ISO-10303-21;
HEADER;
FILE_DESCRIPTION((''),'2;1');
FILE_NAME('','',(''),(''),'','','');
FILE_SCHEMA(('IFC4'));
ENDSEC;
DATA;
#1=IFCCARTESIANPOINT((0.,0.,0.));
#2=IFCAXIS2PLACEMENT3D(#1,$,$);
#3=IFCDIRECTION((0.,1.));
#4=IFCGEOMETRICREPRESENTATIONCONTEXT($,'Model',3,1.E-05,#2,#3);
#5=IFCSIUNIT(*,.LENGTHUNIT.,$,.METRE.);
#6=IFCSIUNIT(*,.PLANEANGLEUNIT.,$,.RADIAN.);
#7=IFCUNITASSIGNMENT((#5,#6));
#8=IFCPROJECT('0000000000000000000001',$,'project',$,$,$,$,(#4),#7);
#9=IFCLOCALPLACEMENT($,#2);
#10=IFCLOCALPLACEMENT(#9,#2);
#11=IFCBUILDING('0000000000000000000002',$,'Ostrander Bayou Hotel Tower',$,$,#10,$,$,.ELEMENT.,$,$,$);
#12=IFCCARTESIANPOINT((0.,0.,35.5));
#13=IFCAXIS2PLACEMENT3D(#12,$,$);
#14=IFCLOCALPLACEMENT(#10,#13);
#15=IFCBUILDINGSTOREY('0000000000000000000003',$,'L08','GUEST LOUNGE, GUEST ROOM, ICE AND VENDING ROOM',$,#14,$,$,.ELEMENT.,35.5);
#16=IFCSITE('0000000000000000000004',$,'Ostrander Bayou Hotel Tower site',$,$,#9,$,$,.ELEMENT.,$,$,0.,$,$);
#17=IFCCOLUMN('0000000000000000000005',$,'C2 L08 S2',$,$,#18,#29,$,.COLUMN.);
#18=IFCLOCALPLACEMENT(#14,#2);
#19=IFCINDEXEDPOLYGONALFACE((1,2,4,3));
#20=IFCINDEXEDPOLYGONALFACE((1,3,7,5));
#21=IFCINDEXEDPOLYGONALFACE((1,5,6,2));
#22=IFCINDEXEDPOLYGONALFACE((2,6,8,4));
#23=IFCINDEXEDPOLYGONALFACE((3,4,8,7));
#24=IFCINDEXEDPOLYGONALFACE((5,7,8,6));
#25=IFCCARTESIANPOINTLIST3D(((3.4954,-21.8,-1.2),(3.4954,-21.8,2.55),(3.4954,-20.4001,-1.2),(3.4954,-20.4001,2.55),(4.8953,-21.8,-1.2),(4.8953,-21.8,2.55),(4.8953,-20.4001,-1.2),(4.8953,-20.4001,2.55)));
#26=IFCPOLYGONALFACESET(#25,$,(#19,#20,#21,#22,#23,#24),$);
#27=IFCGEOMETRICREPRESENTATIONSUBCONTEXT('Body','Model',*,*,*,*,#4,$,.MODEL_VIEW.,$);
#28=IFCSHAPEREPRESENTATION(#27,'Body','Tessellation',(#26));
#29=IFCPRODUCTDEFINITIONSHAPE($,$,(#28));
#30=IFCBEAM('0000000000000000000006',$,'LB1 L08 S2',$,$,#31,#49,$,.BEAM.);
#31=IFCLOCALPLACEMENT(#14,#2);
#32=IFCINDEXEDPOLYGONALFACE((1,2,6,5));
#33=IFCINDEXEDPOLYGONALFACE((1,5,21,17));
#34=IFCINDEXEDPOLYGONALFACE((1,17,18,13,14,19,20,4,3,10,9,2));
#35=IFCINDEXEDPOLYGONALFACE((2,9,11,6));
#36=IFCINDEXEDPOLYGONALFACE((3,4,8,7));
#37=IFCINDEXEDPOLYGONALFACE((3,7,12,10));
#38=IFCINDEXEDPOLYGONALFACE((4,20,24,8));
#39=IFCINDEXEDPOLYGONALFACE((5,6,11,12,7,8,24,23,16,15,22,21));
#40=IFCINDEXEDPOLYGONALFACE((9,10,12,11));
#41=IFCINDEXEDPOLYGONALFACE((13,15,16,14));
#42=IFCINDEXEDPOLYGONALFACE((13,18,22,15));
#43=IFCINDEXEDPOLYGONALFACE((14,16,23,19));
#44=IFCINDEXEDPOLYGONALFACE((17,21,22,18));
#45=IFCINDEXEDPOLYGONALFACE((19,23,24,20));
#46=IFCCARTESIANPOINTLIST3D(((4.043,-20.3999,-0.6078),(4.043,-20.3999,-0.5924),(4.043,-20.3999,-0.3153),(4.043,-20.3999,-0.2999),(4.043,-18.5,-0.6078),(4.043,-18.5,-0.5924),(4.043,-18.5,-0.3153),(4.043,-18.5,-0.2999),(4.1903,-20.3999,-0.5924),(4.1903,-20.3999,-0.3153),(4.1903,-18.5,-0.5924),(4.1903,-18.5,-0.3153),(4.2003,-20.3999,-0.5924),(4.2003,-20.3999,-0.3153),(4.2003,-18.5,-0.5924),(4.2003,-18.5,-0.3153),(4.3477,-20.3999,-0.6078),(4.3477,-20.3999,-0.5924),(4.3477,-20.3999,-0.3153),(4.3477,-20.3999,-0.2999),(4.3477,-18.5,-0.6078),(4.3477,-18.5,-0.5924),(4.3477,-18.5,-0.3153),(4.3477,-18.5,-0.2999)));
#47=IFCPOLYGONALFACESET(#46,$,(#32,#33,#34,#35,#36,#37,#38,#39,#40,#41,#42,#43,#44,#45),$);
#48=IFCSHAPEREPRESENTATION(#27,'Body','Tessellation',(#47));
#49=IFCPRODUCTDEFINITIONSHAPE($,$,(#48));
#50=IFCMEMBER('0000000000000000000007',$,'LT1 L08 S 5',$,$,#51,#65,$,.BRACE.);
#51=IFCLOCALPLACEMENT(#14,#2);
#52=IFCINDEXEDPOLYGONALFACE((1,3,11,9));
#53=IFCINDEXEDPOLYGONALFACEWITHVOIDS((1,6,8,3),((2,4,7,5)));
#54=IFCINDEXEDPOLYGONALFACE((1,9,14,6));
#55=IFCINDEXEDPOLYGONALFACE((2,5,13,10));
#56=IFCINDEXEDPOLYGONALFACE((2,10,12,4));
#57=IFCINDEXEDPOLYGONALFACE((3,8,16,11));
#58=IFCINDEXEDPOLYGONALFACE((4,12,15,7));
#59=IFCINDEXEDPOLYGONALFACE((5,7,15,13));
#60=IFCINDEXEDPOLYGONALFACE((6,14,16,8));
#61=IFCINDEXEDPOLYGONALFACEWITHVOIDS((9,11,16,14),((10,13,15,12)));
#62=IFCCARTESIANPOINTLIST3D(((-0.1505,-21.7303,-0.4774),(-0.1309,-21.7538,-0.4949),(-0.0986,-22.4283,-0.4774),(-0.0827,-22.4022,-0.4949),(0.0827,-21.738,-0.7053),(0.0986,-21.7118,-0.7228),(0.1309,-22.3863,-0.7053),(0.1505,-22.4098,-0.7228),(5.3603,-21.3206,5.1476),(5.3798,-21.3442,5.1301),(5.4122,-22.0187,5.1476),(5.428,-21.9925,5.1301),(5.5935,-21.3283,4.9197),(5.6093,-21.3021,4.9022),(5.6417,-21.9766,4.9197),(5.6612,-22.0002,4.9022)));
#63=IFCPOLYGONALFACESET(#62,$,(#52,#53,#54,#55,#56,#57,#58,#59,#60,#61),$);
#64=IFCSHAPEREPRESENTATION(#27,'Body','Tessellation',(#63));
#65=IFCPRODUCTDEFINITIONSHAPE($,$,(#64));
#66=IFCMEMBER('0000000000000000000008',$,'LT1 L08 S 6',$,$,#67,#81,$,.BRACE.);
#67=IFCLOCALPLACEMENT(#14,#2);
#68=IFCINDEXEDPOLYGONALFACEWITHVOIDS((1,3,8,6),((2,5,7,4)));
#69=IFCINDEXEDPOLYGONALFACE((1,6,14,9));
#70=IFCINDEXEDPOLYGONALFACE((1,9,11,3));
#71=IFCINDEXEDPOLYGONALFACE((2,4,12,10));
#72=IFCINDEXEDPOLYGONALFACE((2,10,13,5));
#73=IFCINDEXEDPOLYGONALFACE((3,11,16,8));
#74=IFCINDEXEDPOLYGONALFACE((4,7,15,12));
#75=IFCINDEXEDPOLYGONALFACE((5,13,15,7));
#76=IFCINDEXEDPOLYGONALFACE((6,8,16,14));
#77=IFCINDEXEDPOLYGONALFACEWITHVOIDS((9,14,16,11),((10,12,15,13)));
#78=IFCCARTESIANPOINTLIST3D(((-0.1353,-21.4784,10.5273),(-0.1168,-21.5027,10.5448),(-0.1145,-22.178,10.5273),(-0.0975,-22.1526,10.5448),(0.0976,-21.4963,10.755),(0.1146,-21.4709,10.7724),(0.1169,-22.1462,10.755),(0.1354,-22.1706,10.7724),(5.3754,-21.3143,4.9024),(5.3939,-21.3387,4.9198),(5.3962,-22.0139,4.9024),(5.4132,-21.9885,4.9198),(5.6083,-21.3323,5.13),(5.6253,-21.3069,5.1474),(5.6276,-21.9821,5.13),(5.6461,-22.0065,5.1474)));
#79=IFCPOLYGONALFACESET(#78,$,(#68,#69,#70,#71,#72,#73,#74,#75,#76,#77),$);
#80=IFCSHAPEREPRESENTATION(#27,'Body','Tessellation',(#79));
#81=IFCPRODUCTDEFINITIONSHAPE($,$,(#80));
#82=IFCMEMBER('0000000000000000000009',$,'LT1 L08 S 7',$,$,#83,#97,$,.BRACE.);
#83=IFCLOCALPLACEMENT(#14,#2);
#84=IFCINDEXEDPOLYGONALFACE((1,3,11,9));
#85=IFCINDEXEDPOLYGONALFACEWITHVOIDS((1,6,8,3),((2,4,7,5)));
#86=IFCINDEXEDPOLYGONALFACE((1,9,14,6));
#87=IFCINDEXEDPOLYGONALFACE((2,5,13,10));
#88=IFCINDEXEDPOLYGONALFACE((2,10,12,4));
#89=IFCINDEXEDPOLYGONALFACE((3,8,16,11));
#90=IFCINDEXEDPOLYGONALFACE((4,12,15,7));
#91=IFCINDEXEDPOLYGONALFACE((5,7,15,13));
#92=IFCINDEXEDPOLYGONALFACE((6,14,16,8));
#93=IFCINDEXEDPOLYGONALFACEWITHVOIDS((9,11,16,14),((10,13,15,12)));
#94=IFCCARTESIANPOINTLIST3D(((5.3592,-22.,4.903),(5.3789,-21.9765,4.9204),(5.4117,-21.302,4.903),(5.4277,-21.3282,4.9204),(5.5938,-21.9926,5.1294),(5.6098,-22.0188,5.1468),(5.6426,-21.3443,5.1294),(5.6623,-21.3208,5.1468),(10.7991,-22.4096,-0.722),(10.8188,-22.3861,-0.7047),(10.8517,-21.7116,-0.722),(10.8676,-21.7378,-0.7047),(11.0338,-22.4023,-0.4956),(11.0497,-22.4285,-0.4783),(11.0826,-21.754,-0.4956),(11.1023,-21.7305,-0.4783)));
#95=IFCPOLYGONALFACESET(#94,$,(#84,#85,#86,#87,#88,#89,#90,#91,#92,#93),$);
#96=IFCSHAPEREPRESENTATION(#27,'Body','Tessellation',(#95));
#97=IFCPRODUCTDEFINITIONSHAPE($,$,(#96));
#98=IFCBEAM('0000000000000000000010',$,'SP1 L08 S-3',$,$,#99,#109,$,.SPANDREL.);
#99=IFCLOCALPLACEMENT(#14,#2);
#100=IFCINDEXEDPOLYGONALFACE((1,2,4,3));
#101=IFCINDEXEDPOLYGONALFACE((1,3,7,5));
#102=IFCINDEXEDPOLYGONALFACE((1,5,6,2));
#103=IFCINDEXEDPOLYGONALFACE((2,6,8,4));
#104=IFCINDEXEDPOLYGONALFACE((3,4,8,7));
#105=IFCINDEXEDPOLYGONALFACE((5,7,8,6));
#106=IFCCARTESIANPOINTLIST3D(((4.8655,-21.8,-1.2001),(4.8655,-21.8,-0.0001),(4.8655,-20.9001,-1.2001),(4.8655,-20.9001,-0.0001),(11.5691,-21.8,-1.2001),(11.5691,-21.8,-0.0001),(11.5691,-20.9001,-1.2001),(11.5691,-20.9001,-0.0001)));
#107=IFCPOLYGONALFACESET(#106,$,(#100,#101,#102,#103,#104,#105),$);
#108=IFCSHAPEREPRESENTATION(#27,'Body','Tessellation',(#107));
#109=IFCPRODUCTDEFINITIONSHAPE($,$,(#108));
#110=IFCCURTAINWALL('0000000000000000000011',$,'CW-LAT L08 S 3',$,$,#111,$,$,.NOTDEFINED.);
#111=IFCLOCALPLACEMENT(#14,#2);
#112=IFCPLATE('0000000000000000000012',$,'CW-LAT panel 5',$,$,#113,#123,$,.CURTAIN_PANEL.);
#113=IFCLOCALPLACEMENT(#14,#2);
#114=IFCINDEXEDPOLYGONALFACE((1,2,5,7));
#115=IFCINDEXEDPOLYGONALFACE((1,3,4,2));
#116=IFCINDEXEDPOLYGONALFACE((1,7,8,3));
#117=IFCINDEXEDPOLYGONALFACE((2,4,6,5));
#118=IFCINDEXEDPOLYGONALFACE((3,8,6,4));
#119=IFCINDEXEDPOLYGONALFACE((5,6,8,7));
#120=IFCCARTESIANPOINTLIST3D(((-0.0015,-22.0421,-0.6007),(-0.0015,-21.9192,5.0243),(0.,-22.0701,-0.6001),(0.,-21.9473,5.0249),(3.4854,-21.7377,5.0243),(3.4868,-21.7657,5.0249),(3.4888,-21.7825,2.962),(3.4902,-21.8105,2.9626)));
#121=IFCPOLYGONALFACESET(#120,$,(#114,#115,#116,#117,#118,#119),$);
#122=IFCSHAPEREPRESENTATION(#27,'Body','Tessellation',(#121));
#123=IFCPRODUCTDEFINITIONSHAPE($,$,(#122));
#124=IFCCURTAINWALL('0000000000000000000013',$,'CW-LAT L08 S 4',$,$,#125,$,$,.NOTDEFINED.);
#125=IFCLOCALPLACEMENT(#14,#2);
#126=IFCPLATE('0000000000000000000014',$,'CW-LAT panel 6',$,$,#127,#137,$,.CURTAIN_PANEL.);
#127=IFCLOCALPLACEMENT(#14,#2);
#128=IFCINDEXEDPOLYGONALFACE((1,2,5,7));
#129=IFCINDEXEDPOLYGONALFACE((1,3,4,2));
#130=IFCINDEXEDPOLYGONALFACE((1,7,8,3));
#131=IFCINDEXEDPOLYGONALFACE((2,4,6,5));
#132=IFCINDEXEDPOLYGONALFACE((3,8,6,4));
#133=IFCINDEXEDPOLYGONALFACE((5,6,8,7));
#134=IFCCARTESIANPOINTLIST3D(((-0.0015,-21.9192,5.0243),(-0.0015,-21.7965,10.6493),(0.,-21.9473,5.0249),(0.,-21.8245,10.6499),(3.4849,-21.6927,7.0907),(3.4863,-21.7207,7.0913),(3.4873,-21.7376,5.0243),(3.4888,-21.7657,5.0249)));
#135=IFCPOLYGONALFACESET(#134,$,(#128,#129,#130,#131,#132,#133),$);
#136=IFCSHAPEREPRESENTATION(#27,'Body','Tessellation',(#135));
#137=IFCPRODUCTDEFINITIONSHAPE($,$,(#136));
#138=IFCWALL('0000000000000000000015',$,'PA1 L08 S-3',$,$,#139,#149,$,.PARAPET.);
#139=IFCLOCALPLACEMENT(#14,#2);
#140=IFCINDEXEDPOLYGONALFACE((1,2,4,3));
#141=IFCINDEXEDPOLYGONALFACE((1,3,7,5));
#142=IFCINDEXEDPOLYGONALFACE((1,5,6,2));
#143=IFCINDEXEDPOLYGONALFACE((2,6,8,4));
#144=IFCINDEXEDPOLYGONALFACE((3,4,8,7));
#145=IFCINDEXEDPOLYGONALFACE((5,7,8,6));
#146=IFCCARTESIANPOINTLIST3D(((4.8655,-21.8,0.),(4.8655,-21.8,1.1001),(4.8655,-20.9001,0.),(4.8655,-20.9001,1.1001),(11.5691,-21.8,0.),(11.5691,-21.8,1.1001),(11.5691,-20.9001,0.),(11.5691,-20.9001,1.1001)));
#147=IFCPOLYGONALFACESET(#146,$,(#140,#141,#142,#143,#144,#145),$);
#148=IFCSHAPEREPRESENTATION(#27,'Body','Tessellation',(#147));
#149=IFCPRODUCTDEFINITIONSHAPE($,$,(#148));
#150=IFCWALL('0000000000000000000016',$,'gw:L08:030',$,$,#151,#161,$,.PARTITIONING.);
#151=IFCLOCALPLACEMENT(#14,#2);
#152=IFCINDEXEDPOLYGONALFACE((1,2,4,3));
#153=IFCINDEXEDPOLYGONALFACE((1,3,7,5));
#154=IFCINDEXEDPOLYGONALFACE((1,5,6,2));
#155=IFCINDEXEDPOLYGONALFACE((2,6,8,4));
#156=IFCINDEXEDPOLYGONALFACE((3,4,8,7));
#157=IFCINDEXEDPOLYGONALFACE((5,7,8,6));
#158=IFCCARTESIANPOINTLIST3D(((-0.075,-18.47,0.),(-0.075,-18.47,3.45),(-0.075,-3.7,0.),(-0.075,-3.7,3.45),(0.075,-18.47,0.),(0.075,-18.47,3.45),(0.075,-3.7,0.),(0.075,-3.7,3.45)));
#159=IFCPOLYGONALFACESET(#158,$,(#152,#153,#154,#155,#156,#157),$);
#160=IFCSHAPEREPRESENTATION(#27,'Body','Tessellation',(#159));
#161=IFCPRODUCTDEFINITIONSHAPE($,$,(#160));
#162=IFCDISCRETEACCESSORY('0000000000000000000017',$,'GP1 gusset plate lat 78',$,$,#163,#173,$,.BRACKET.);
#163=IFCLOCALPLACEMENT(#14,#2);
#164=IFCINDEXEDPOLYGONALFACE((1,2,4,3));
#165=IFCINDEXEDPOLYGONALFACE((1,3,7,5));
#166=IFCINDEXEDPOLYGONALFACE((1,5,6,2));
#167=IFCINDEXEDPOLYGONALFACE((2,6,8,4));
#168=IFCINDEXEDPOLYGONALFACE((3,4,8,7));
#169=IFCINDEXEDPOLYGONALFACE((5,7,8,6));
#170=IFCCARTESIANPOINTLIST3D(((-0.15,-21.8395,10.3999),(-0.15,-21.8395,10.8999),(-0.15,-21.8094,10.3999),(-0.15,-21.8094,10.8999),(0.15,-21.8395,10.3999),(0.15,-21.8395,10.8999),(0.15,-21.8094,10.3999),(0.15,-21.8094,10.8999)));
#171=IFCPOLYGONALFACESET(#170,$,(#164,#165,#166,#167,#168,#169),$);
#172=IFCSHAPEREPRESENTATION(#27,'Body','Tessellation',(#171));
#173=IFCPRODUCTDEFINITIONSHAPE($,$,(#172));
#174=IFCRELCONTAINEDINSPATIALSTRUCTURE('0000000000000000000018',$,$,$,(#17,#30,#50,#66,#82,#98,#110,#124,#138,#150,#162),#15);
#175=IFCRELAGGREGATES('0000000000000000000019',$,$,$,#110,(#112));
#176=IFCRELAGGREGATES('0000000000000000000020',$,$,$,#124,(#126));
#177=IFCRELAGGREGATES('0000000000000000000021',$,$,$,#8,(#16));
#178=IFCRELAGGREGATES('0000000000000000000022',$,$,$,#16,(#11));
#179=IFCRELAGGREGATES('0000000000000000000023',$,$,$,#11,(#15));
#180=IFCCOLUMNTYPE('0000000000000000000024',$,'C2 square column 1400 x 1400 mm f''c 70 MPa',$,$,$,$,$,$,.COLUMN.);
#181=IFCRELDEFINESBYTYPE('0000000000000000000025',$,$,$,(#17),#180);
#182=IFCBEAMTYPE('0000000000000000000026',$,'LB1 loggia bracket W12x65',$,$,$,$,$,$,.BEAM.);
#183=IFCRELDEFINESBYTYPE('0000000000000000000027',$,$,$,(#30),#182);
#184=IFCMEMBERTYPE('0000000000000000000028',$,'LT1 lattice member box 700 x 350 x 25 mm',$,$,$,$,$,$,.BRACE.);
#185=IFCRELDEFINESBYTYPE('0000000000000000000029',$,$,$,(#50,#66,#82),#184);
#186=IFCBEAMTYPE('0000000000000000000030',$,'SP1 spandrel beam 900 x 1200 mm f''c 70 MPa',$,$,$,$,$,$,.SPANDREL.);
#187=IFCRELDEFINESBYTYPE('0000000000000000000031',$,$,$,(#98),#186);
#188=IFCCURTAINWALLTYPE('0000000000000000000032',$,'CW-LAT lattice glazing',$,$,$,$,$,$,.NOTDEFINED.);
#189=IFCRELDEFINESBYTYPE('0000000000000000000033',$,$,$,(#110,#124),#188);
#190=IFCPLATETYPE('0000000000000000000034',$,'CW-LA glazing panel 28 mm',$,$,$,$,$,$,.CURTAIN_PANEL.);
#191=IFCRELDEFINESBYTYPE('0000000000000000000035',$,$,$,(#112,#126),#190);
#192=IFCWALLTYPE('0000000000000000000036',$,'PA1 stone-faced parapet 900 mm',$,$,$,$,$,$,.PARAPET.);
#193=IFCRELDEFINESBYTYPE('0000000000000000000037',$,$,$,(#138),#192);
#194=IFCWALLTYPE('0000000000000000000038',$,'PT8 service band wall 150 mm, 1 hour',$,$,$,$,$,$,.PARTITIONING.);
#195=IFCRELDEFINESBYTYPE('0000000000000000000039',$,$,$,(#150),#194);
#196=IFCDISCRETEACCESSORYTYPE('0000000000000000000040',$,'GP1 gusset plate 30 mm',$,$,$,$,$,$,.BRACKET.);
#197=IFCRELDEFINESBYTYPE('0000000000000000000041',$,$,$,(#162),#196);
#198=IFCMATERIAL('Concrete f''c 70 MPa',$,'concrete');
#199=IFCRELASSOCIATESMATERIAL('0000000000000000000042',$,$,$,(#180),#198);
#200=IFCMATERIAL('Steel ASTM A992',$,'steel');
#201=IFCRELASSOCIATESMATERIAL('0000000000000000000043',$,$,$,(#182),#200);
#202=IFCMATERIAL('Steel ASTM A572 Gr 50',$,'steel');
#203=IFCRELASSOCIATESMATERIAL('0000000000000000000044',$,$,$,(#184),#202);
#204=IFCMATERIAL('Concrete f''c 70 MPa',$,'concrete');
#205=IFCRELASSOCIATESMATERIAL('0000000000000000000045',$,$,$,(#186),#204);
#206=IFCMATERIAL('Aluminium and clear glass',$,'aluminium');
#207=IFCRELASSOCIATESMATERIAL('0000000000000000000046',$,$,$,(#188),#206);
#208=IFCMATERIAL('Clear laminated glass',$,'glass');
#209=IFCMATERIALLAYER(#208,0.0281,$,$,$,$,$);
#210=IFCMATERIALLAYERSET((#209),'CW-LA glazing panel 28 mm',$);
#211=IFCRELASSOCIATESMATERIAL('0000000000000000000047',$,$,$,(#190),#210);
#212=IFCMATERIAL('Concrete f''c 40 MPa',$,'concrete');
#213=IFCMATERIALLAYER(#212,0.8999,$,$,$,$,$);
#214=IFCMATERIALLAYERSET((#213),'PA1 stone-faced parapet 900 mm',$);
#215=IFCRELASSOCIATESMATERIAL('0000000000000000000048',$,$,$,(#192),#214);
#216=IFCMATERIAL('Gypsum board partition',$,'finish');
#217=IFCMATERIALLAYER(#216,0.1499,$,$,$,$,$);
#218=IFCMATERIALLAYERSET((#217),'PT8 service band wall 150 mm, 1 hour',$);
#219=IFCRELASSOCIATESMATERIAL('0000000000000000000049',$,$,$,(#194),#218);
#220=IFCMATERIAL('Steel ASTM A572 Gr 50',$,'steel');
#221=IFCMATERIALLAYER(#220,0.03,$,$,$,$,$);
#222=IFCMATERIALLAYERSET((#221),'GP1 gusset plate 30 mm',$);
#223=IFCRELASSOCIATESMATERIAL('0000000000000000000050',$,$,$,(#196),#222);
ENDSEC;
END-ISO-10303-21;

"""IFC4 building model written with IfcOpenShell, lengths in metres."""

from ifc_helpers import new_model, si_unit, direction, frame, frame_2d, origin, origin_2d, place, context, subcontext, project, spatial, polyline, rectangle, hollow_rectangle, i_section, outline, extrude, material, layer, layer_set, material_profile, profile_set, type_object, element, aggregate, save


model = new_model("IFC4")

# Units and contexts
model_context = context("Model", 3, precision=1e-05, world=origin(), true_north=direction((0.0, 1.0)))
body_context = subcontext(model_context, "Body", "Model", "MODEL_VIEW")
ifc_project = project(units=[si_unit("LENGTHUNIT", "METRE"), si_unit("PLANEANGLEUNIT", "RADIAN")], contexts=[model_context])

# Site, building, storey
site_placement = place(None, origin())
site = spatial("IfcSite", under=ifc_project, at=site_placement, Name="Ostrander Bayou Hotel Tower site", CompositionType="ELEMENT", RefElevation=0.0)
building_placement = place(site_placement, origin())
building = spatial("IfcBuilding", under=site, at=building_placement, Name="Ostrander Bayou Hotel Tower", CompositionType="ELEMENT")
storey_placement = place(building_placement, frame((0.0, 0.0, 35.5)))
storey = spatial("IfcBuildingStorey", under=building, at=storey_placement, Name="L08", Description="GUEST LOUNGE, GUEST ROOM, ICE AND VENDING ROOM", CompositionType="ELEMENT", Elevation=35.5)

# Column
ifc_material_1 = material(Name="Concrete f'c 70 MPa", Category="concrete")
ifc_material_profile_1 = material_profile(ifc_material_1, rectangle(XDim=1.3999, YDim=1.3999, at=origin_2d()))
ifc_profile_set_1 = profile_set([ifc_material_profile_1], Name="Concrete f'c 70 MPa")
column_type = type_object("IfcColumnType", Name="C2 square column 1400 x 1400 mm f'c 70 MPa", PredefinedType="COLUMN", material=ifc_profile_set_1)
column_placement = place(storey_placement, frame((4.1953, -21.1001, -1.2), z_axis=(0.0, 0.0, 1.0), x_axis=(-1.0, 0.0, 0.0)))
element("IfcColumn", 1, at=column_placement, inside=storey, type_object=column_type, Name="C2 L08 S2", PredefinedType="COLUMN", context=body_context, shape_type="SweptSolid", body=[
    extrude(rectangle(XDim=1.3999, YDim=1.3999, at=origin_2d()), origin(), (0.0, 0.0, 1.0), 3.75),
])

# Beam
ifc_material_2 = material(Name="Steel ASTM A992", Category="steel")
ifc_material_profile_2 = material_profile(ifc_material_2, i_section(OverallWidth=0.3047, OverallDepth=0.3079, WebThickness=0.01, FlangeThickness=0.0154, at=origin_2d()))
ifc_profile_set_2 = profile_set([ifc_material_profile_2], Name="Steel ASTM A992")
beam_type_1 = type_object("IfcBeamType", Name="LB1 loggia bracket W12x65", PredefinedType="BEAM", material=ifc_profile_set_2)
beam_1_placement = place(storey_placement, frame((4.1953, -20.3999, -0.4539), z_axis=(0.0, 1.0, 0.0), x_axis=(-1.0, 0.0, 0.0)))
element("IfcBeam", 2, at=beam_1_placement, inside=storey, type_object=beam_type_1, Name="LB1 L08 S2", PredefinedType="BEAM", context=body_context, shape_type="SweptSolid", body=[
    extrude(i_section(OverallWidth=0.3047, OverallDepth=0.3079, WebThickness=0.01, FlangeThickness=0.0154, at=origin_2d()), origin(), (0.0, 0.0, 1.0), 1.8999),
])

# Members
ifc_material_3 = material(Name="Steel ASTM A572 Gr 50", Category="steel")
ifc_material_profile_3 = material_profile(ifc_material_3, hollow_rectangle(XDim=0.7, YDim=0.3501, WallThickness=0.0249, at=origin_2d()))
ifc_profile_set_3 = profile_set([ifc_material_profile_3], Name="Steel ASTM A572 Gr 50")
member_type = type_object("IfcMemberType", Name="LT1 lattice member box 700 x 350 x 25 mm", PredefinedType="BRACE", material=ifc_profile_set_3)
member_1_placement = place(storey_placement, frame((5.5107, -21.6604, 5.0249), z_axis=(-0.69887, -0.051954, -0.71336), x_axis=(0.074135, -0.997248, 0.0)))
element("IfcMember", 3, at=member_1_placement, inside=storey, type_object=member_type, Name="LT1 L08 S 5", PredefinedType="BRACE", context=body_context, shape_type="SweptSolid", body=[
    extrude(hollow_rectangle(XDim=0.7, YDim=0.3501, WallThickness=0.0249, at=origin_2d()), origin(), (0.0, 0.0, 1.0), 7.8853),
])
member_2_placement = place(storey_placement, frame((5.5107, -21.6604, 5.0249), z_axis=(-0.699663, -0.02083, 0.714169), x_axis=(0.029758, -0.999557, 0.0)))
element("IfcMember", 4, at=member_2_placement, inside=storey, type_object=member_type, Name="LT1 L08 S 6", PredefinedType="BRACE", context=body_context, shape_type="SweptSolid", body=[
    extrude(hollow_rectangle(XDim=0.7, YDim=0.3501, WallThickness=0.0249, at=origin_2d()), origin(), (0.0, 0.0, 1.0), 7.8762),
])
member_3_placement = place(storey_placement, frame((5.5107, -21.6604, 5.0249), z_axis=(0.694233, -0.052281, -0.717849), x_axis=(0.075095, 0.997176, 0.0)))
element("IfcMember", 5, at=member_3_placement, inside=storey, type_object=member_type, Name="LT1 L08 S 7", PredefinedType="BRACE", context=body_context, shape_type="SweptSolid", body=[
    extrude(hollow_rectangle(XDim=0.7, YDim=0.3501, WallThickness=0.0249, at=origin_2d()), origin(), (0.0, 0.0, 1.0), 7.8359),
])

# Beam
ifc_material_4 = material(Name="Concrete f'c 70 MPa", Category="concrete")
ifc_material_profile_4 = material_profile(ifc_material_4, rectangle(XDim=0.8999, YDim=1.2, at=origin_2d()))
ifc_profile_set_4 = profile_set([ifc_material_profile_4], Name="Concrete f'c 70 MPa")
beam_type_2 = type_object("IfcBeamType", Name="SP1 spandrel beam 900 x 1200 mm f'c 70 MPa", PredefinedType="SPANDREL", material=ifc_profile_set_4)
beam_2_placement = place(storey_placement, frame((4.8655, -21.3501, -0.6001), z_axis=(1.0, 0.0, 0.0), x_axis=(0.0, 1.0, 0.0)))
element("IfcBeam", 6, at=beam_2_placement, inside=storey, type_object=beam_type_2, Name="SP1 L08 S-3", PredefinedType="SPANDREL", context=body_context, shape_type="SweptSolid", body=[
    extrude(rectangle(XDim=0.8999, YDim=1.2, at=origin_2d()), origin(), (0.0, 0.0, 1.0), 6.7036),
])

# Curtain walls, plates
ifc_material_5 = material(Name="Aluminium and clear glass", Category="aluminium")
curtain_wall_type = type_object("IfcCurtainWallType", Name="CW-LAT lattice glazing", PredefinedType="NOTDEFINED", material=ifc_material_5)
curtain_wall_1_placement = place(storey_placement, origin())
curtain_wall_1 = element("IfcCurtainWall", 7, at=curtain_wall_1_placement, inside=storey, type_object=curtain_wall_type, Name="CW-LAT L08 S 3", PredefinedType="NOTDEFINED")
ifc_material_6 = material(Name="Clear laminated glass", Category="glass")
ifc_layer_1 = layer(ifc_material_6, 0.0281)
ifc_layer_set_1 = layer_set([ifc_layer_1], Name="CW-LA glazing panel 28 mm")
plate_type = type_object("IfcPlateType", Name="CW-LA glazing panel 28 mm", PredefinedType="CURTAIN_PANEL", material=ifc_layer_set_1)
plate_1_placement = place(storey_placement, frame((3.4902, -21.8105, 2.9626), z_axis=(0.051994, -0.998409, 0.021807), x_axis=(-0.698854, -0.051976, -0.713373)))
plate_1 = element("IfcPlate", 8, at=plate_1_placement, type_object=plate_type, Name="CW-LAT panel 5", PredefinedType="CURTAIN_PANEL", context=body_context, shape_type="SweptSolid", body=[
    extrude(outline(polyline([(0.0, 0.0), (4.9942, 0.0), (0.9751, -3.9373), (-1.4711, -1.446), (0.0, 0.0)])), origin(), (0.0, 0.0, -1.0), 0.0281),
])
aggregate(curtain_wall_1, [plate_1])
curtain_wall_2_placement = place(storey_placement, origin())
curtain_wall_2 = element("IfcCurtainWall", 9, at=curtain_wall_2_placement, inside=storey, type_object=curtain_wall_type, Name="CW-LAT L08 S 4", PredefinedType="NOTDEFINED")
plate_2_placement = place(storey_placement, frame((3.4863, -21.7207, 7.0913), z_axis=(0.051968, -0.998411, 0.021789), x_axis=(-0.699664, -0.020833, 0.714168)))
plate_2 = element("IfcPlate", 10, at=plate_2_placement, type_object=plate_type, Name="CW-LAT panel 6", PredefinedType="CURTAIN_PANEL", context=body_context, shape_type="SweptSolid", body=[
    extrude(outline(polyline([(0.0, 0.0), (4.9829, 0.0), (0.9682, 3.9419), (-1.4765, 1.4463), (0.0, 0.0)])), origin(), (0.0, 0.0, -1.0), 0.0281),
])
aggregate(curtain_wall_2, [plate_2])

# Walls
ifc_material_7 = material(Name="Concrete f'c 40 MPa", Category="concrete")
ifc_layer_2 = layer(ifc_material_7, 0.8999)
ifc_layer_set_2 = layer_set([ifc_layer_2], Name="PA1 stone-faced parapet 900 mm")
wall_type_1 = type_object("IfcWallType", Name="PA1 stone-faced parapet 900 mm", PredefinedType="PARAPET", material=ifc_layer_set_2)
wall_1_placement = place(storey_placement, frame((4.8655, -21.3501, 0.0), z_axis=(0.0, 0.0, 1.0), x_axis=(1.0, 0.0, 0.0)))
element("IfcWall", 11, at=wall_1_placement, inside=storey, type_object=wall_type_1, Name="PA1 L08 S-3", PredefinedType="PARAPET", context=body_context, shape_type="SweptSolid", body=[
    extrude(rectangle(XDim=6.7036, YDim=0.8999, at=frame_2d((3.3518, 0.0))), origin(), (0.0, 0.0, 1.0), 1.1001),
])
ifc_material_8 = material(Name="Gypsum board partition", Category="finish")
ifc_layer_3 = layer(ifc_material_8, 0.1499)
ifc_layer_set_3 = layer_set([ifc_layer_3], Name="PT8 service band wall 150 mm, 1 hour")
wall_type_2 = type_object("IfcWallType", Name="PT8 service band wall 150 mm, 1 hour", PredefinedType="PARTITIONING", material=ifc_layer_set_3)
wall_2_placement = place(storey_placement, frame((0.0, -18.47, 0.0), z_axis=(0.0, 0.0, 1.0), x_axis=(0.0, 1.0, 0.0)))
element("IfcWall", 12, at=wall_2_placement, inside=storey, type_object=wall_type_2, Name="gw:L08:030", PredefinedType="PARTITIONING", context=body_context, shape_type="SweptSolid", body=[
    extrude(rectangle(XDim=14.77, YDim=0.1499, at=frame_2d((7.385, 0.0))), origin(), (0.0, 0.0, 1.0), 3.45),
])

# Discrete accessory
ifc_material_9 = material(Name="Steel ASTM A572 Gr 50", Category="steel")
ifc_layer_4 = layer(ifc_material_9, 0.03)
ifc_layer_set_4 = layer_set([ifc_layer_4], Name="GP1 gusset plate 30 mm")
discrete_accessory_type = type_object("IfcDiscreteAccessoryType", Name="GP1 gusset plate 30 mm", PredefinedType="BRACKET", material=ifc_layer_set_4)
discrete_accessory_placement = place(storey_placement, frame((0.0, -21.8245, 10.3999), z_axis=(0.0, 0.0, 1.0), x_axis=(1.0, 0.0, 0.0)))
element("IfcDiscreteAccessory", 13, at=discrete_accessory_placement, inside=storey, type_object=discrete_accessory_type, Name="GP1 gusset plate lat 78", PredefinedType="BRACKET", context=body_context, shape_type="SweptSolid", body=[
    extrude(rectangle(XDim=0.3, YDim=0.03, at=origin_2d()), origin(), (0.0, 0.0, 1.0), 0.5),
])

save(model, "model.ifc")
